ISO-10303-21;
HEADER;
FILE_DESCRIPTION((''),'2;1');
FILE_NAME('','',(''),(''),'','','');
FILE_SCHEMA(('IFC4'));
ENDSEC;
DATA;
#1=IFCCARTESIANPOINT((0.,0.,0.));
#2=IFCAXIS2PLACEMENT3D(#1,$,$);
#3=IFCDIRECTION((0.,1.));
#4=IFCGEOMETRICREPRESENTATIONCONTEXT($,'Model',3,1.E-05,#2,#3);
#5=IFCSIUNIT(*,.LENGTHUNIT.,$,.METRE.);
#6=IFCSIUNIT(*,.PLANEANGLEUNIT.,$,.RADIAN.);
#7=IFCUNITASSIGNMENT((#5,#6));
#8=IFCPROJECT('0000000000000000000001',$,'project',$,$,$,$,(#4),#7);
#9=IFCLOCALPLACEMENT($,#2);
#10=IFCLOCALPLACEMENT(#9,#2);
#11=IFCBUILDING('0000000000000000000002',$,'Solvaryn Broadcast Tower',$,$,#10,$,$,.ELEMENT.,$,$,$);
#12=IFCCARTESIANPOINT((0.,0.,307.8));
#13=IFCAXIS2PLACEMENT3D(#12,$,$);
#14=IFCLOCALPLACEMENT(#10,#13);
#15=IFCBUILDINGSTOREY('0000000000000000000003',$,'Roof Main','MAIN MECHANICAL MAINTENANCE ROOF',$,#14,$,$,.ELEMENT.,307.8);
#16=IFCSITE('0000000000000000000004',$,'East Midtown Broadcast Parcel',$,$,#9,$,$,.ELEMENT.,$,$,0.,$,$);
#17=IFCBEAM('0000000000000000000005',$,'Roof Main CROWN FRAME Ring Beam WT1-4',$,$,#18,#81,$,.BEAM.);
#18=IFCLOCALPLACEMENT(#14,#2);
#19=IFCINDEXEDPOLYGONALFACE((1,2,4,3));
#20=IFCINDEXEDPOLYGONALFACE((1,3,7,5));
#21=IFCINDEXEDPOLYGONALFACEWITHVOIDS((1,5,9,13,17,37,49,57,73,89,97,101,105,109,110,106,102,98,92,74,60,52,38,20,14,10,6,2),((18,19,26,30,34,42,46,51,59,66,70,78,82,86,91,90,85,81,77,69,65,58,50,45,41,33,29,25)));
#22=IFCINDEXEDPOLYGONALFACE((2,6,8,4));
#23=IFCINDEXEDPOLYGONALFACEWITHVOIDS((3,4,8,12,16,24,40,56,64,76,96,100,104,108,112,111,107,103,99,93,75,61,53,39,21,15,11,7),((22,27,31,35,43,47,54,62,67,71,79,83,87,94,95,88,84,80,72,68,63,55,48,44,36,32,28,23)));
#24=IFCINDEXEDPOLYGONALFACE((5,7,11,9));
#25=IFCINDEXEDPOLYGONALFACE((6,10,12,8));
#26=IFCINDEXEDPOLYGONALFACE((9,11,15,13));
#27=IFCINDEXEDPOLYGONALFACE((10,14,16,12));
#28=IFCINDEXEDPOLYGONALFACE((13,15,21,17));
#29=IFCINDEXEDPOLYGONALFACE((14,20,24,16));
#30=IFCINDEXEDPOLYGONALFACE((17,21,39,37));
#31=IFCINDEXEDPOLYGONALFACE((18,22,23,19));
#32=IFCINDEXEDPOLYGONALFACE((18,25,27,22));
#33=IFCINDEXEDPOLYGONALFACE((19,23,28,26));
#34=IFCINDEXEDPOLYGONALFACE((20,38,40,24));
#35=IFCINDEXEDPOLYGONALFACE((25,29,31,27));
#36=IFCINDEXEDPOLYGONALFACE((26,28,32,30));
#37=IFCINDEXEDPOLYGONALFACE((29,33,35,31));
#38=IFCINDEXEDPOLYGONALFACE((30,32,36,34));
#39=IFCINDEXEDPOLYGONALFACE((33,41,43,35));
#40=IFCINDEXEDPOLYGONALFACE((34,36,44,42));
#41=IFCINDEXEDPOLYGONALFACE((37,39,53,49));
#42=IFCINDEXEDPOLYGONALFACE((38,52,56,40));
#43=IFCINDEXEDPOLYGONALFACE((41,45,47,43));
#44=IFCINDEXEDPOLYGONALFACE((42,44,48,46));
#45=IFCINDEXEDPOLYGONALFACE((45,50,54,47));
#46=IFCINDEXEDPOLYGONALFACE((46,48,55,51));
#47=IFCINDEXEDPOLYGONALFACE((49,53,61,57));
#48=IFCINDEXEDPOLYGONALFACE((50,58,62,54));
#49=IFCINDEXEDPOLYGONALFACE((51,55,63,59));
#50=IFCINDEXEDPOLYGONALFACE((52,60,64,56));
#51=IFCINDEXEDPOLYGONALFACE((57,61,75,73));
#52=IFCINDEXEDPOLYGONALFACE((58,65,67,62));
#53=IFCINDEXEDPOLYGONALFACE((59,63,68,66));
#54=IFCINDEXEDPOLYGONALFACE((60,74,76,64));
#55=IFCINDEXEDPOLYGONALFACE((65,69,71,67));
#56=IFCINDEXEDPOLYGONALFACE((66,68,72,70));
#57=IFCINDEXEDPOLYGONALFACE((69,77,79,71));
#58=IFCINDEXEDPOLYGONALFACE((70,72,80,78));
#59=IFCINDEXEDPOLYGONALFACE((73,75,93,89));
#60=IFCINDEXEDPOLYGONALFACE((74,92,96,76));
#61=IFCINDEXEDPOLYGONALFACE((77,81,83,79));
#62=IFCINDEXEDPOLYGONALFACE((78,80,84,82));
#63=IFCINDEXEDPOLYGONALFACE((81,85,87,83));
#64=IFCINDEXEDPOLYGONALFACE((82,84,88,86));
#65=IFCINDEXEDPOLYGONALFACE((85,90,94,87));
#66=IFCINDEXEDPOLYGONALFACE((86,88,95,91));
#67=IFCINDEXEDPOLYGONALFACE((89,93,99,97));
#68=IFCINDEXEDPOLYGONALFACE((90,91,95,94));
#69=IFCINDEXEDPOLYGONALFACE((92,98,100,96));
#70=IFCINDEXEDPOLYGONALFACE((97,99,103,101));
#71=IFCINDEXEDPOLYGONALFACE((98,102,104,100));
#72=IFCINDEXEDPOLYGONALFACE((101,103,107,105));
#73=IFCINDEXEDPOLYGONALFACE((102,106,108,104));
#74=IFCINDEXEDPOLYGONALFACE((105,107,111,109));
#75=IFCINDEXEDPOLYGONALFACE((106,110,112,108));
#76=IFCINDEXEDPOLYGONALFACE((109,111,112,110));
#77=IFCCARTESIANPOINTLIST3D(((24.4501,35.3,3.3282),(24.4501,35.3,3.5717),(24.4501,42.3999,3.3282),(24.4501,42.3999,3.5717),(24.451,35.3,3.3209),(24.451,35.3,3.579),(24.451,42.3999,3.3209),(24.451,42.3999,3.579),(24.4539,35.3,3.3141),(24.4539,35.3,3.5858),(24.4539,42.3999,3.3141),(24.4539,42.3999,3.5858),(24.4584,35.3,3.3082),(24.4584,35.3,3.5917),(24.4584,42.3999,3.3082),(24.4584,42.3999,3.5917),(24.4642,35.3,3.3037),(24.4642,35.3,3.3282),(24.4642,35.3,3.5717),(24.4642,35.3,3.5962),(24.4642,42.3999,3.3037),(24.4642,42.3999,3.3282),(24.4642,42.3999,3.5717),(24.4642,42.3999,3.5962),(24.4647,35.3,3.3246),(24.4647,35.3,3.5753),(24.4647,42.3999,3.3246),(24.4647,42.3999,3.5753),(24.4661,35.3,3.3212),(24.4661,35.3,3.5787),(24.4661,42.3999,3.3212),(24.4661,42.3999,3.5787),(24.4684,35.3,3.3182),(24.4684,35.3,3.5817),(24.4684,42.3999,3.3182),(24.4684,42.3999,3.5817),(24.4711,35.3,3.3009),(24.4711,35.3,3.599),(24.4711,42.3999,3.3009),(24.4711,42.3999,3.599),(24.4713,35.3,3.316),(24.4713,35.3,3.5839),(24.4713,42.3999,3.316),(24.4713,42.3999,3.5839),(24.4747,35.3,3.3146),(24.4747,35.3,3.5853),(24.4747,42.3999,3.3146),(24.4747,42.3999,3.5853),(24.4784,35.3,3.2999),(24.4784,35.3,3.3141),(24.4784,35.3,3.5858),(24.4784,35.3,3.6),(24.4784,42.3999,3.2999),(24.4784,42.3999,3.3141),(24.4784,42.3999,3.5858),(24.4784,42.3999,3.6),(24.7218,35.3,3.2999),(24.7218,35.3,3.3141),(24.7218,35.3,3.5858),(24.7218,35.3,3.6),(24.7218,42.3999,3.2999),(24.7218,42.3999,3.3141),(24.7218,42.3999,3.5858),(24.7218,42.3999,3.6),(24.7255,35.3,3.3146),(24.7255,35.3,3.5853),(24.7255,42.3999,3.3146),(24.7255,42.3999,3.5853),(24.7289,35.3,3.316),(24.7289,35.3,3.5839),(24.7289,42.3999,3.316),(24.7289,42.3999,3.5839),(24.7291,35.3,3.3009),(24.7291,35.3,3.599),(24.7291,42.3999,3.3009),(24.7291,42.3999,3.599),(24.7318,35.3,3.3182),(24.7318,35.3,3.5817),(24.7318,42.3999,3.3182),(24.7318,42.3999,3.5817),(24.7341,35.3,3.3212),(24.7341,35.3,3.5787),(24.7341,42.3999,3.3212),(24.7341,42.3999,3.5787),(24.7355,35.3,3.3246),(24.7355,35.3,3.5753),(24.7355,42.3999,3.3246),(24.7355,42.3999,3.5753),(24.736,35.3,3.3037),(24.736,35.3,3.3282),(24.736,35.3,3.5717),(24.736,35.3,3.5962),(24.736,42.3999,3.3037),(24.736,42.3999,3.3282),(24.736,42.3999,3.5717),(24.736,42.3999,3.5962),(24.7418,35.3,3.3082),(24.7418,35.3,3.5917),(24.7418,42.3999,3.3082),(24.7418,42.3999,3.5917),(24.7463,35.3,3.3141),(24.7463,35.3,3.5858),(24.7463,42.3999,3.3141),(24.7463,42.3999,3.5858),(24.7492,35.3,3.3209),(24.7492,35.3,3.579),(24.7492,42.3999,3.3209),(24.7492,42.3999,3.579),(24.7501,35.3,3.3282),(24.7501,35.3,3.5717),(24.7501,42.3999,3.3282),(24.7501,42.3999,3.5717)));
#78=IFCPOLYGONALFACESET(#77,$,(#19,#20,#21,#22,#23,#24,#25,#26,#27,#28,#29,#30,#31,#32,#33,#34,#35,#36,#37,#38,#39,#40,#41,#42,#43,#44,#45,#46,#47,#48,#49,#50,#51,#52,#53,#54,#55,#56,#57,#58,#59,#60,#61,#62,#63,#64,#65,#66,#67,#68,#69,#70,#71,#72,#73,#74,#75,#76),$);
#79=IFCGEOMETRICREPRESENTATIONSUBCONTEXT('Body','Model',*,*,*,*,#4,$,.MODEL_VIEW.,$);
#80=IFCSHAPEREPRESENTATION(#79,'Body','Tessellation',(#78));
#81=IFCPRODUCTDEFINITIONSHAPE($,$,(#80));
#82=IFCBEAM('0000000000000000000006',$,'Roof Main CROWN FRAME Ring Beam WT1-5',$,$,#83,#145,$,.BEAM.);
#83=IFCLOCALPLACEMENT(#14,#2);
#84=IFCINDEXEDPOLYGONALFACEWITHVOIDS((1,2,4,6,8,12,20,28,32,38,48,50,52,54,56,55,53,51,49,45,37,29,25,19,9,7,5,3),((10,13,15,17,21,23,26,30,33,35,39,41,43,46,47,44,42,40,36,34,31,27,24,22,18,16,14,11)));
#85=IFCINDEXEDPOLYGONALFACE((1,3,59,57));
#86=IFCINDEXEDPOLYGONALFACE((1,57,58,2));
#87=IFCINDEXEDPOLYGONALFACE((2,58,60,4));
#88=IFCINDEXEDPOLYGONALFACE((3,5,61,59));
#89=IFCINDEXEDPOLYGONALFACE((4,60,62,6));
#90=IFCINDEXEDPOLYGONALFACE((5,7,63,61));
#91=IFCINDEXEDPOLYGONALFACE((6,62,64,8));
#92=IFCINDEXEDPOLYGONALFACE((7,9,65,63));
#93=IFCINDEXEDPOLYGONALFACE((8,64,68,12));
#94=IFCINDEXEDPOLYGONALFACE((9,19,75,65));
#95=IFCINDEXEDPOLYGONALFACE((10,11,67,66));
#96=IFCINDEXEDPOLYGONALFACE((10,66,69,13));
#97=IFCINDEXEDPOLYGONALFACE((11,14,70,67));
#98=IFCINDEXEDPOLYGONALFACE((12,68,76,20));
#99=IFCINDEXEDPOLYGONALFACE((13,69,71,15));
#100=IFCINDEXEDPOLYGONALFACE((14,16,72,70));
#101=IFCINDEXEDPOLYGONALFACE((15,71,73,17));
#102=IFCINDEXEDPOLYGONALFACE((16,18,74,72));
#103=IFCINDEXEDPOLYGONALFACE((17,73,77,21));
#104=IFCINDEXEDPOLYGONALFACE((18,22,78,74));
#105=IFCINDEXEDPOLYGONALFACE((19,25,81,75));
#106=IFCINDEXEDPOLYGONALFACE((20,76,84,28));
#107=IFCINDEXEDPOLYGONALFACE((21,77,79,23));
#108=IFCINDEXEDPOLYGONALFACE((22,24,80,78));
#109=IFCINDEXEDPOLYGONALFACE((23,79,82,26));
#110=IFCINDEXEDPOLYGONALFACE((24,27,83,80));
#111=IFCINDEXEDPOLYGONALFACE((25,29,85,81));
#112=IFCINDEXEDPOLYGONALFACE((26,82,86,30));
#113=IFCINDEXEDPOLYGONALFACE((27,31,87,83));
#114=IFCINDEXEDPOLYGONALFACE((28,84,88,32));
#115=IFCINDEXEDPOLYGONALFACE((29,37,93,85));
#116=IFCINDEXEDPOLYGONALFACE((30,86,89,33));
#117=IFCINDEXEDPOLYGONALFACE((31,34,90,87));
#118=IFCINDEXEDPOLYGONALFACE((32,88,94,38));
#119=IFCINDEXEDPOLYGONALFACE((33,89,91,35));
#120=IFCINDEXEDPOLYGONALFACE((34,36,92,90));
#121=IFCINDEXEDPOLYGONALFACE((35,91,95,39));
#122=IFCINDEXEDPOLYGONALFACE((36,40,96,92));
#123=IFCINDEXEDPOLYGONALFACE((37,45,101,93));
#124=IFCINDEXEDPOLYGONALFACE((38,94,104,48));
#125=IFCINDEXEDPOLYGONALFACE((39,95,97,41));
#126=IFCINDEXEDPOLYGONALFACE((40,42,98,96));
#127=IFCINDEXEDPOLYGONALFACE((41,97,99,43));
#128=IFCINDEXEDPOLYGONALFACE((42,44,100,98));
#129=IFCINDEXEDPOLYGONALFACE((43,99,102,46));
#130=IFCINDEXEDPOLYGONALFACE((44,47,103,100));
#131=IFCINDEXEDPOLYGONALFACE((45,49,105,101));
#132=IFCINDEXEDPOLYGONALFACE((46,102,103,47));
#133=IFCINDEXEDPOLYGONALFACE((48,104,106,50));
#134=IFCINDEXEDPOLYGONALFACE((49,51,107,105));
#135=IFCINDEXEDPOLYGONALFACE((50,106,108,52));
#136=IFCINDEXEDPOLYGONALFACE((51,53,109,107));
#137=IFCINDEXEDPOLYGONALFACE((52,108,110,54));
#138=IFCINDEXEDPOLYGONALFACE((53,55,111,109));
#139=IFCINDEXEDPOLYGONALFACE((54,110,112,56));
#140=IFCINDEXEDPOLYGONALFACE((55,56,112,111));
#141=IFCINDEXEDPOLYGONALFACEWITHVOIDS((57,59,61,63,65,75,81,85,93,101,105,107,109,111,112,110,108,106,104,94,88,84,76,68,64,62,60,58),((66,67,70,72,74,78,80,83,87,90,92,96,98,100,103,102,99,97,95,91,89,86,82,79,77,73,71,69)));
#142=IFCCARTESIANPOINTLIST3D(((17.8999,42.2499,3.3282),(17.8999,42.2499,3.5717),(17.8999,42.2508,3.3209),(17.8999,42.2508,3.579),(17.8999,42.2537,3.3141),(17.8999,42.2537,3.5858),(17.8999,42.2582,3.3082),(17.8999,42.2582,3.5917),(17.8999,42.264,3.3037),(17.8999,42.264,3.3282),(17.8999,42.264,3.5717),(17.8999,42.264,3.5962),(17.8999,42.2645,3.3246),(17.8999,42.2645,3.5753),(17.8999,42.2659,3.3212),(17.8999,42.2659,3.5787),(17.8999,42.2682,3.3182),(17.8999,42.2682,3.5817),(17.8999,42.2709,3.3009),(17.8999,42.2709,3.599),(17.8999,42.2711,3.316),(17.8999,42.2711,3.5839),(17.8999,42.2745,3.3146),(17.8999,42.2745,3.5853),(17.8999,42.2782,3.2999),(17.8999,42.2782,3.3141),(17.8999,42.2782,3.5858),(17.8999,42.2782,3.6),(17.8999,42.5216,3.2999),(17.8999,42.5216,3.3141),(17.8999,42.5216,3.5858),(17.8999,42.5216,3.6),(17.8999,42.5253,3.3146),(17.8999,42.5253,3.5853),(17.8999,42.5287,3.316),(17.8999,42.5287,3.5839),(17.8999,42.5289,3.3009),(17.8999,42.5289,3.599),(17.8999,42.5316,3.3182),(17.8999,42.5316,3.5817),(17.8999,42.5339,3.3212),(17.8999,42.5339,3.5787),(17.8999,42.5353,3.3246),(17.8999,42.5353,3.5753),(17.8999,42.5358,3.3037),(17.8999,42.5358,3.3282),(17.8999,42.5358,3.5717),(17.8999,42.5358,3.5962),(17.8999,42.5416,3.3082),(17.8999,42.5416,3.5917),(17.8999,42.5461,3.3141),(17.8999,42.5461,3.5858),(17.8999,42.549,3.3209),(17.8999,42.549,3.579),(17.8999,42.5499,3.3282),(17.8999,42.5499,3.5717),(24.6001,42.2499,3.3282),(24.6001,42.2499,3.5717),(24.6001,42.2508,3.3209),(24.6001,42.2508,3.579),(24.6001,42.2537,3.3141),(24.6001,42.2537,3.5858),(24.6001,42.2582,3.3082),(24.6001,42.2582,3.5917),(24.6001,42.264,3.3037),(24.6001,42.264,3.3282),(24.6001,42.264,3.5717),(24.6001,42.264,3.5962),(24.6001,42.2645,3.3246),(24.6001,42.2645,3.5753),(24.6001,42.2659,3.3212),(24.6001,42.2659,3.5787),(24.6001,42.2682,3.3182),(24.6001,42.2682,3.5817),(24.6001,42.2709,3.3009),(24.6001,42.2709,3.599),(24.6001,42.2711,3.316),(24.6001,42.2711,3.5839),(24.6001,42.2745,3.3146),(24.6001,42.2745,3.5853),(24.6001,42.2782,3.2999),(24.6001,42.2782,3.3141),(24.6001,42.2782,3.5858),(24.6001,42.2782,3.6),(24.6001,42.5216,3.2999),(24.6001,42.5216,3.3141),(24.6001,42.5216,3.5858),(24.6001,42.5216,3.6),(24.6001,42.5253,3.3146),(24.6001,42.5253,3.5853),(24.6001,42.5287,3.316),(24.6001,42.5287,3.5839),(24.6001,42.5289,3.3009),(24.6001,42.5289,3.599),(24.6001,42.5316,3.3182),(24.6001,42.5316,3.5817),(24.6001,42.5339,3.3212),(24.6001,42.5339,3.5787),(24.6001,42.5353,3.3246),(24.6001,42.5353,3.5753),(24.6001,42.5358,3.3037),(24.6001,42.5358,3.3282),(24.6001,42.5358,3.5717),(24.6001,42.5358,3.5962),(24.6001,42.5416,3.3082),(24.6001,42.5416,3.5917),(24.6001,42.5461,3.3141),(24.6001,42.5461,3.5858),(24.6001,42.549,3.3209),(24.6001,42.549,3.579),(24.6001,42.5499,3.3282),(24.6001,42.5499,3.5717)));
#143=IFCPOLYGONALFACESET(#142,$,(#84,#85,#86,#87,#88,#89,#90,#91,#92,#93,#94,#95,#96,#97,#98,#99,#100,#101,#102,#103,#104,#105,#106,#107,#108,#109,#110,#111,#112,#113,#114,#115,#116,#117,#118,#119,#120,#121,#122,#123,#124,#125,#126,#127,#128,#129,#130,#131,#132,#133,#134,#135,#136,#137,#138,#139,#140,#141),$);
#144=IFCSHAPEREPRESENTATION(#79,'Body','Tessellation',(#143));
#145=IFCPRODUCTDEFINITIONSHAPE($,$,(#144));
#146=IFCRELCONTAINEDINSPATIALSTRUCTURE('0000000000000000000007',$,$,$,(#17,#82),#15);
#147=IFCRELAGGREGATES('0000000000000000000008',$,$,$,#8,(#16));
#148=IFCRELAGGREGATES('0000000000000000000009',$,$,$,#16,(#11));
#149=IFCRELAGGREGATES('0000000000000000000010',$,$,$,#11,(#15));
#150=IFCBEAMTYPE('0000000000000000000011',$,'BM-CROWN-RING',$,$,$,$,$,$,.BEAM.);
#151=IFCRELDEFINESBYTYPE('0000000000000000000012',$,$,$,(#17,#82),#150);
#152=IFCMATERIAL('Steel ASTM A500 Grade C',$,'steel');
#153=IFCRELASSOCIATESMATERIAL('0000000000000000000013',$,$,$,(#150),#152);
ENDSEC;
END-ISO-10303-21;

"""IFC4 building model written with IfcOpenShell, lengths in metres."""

from ifc_helpers import new_model, si_unit, direction, frame, origin, origin_2d, place, context, subcontext, project, spatial, hollow_rectangle, extrude, material, material_profile, profile_set, type_object, element, save


model = new_model("IFC4")

# Units and contexts
model_context = context("Model", 3, precision=1e-05, world=origin(), true_north=direction((0.0, 1.0)))
body_context = subcontext(model_context, "Body", "Model", "MODEL_VIEW")
ifc_project = project(units=[si_unit("LENGTHUNIT", "METRE"), si_unit("PLANEANGLEUNIT", "RADIAN")], contexts=[model_context])

# Site, building, storey
site_placement = place(None, origin())
site = spatial("IfcSite", under=ifc_project, at=site_placement, Name="East Midtown Broadcast Parcel", CompositionType="ELEMENT", RefElevation=0.0)
building_placement = place(site_placement, origin())
building = spatial("IfcBuilding", under=site, at=building_placement, Name="Solvaryn Broadcast Tower", CompositionType="ELEMENT")
storey_placement = place(building_placement, frame((0.0, 0.0, 307.8)))
storey = spatial("IfcBuildingStorey", under=building, at=storey_placement, Name="Roof Main", Description="MAIN MECHANICAL MAINTENANCE ROOF", CompositionType="ELEMENT", Elevation=307.8)

# Beams
ifc_material_1 = material(Name="Steel ASTM A500 Grade C", Category="steel")
ifc_material_profile_1 = material_profile(ifc_material_1, hollow_rectangle(XDim=0.3, YDim=0.3, WallThickness=0.0142, InnerFilletRadius=0.0142, OuterFilletRadius=0.0283, at=origin_2d()))
ifc_profile_set_1 = profile_set([ifc_material_profile_1], Name="Steel ASTM A500 Grade C")
beam_type = type_object("IfcBeamType", Name="BM-CROWN-RING", PredefinedType="BEAM", material=ifc_profile_set_1)
beam_1_placement = place(storey_placement, frame((24.6001, 35.3, 3.45), z_axis=(0.0, 1.0, 0.0), x_axis=(-1.0, 0.0, 0.0)))
element("IfcBeam", 1, at=beam_1_placement, inside=storey, type_object=beam_type, Name="Roof Main CROWN FRAME Ring Beam WT1-4", PredefinedType="BEAM", context=body_context, shape_type="SweptSolid", body=[
    extrude(hollow_rectangle(XDim=0.3, YDim=0.3, WallThickness=0.0142, InnerFilletRadius=0.0142, OuterFilletRadius=0.0283, at=origin_2d()), origin(), (0.0, 0.0, 1.0), 7.0999),
])
beam_2_placement = place(storey_placement, frame((24.6001, 42.3999, 3.45), z_axis=(-1.0, 0.0, 0.0), x_axis=(0.0, -1.0, 0.0)))
element("IfcBeam", 2, at=beam_2_placement, inside=storey, type_object=beam_type, Name="Roof Main CROWN FRAME Ring Beam WT1-5", PredefinedType="BEAM", context=body_context, shape_type="SweptSolid", body=[
    extrude(hollow_rectangle(XDim=0.3, YDim=0.3, WallThickness=0.0142, InnerFilletRadius=0.0142, OuterFilletRadius=0.0283, at=origin_2d()), origin(), (0.0, 0.0, 1.0), 6.7002),
])

save(model, "model.ifc")
